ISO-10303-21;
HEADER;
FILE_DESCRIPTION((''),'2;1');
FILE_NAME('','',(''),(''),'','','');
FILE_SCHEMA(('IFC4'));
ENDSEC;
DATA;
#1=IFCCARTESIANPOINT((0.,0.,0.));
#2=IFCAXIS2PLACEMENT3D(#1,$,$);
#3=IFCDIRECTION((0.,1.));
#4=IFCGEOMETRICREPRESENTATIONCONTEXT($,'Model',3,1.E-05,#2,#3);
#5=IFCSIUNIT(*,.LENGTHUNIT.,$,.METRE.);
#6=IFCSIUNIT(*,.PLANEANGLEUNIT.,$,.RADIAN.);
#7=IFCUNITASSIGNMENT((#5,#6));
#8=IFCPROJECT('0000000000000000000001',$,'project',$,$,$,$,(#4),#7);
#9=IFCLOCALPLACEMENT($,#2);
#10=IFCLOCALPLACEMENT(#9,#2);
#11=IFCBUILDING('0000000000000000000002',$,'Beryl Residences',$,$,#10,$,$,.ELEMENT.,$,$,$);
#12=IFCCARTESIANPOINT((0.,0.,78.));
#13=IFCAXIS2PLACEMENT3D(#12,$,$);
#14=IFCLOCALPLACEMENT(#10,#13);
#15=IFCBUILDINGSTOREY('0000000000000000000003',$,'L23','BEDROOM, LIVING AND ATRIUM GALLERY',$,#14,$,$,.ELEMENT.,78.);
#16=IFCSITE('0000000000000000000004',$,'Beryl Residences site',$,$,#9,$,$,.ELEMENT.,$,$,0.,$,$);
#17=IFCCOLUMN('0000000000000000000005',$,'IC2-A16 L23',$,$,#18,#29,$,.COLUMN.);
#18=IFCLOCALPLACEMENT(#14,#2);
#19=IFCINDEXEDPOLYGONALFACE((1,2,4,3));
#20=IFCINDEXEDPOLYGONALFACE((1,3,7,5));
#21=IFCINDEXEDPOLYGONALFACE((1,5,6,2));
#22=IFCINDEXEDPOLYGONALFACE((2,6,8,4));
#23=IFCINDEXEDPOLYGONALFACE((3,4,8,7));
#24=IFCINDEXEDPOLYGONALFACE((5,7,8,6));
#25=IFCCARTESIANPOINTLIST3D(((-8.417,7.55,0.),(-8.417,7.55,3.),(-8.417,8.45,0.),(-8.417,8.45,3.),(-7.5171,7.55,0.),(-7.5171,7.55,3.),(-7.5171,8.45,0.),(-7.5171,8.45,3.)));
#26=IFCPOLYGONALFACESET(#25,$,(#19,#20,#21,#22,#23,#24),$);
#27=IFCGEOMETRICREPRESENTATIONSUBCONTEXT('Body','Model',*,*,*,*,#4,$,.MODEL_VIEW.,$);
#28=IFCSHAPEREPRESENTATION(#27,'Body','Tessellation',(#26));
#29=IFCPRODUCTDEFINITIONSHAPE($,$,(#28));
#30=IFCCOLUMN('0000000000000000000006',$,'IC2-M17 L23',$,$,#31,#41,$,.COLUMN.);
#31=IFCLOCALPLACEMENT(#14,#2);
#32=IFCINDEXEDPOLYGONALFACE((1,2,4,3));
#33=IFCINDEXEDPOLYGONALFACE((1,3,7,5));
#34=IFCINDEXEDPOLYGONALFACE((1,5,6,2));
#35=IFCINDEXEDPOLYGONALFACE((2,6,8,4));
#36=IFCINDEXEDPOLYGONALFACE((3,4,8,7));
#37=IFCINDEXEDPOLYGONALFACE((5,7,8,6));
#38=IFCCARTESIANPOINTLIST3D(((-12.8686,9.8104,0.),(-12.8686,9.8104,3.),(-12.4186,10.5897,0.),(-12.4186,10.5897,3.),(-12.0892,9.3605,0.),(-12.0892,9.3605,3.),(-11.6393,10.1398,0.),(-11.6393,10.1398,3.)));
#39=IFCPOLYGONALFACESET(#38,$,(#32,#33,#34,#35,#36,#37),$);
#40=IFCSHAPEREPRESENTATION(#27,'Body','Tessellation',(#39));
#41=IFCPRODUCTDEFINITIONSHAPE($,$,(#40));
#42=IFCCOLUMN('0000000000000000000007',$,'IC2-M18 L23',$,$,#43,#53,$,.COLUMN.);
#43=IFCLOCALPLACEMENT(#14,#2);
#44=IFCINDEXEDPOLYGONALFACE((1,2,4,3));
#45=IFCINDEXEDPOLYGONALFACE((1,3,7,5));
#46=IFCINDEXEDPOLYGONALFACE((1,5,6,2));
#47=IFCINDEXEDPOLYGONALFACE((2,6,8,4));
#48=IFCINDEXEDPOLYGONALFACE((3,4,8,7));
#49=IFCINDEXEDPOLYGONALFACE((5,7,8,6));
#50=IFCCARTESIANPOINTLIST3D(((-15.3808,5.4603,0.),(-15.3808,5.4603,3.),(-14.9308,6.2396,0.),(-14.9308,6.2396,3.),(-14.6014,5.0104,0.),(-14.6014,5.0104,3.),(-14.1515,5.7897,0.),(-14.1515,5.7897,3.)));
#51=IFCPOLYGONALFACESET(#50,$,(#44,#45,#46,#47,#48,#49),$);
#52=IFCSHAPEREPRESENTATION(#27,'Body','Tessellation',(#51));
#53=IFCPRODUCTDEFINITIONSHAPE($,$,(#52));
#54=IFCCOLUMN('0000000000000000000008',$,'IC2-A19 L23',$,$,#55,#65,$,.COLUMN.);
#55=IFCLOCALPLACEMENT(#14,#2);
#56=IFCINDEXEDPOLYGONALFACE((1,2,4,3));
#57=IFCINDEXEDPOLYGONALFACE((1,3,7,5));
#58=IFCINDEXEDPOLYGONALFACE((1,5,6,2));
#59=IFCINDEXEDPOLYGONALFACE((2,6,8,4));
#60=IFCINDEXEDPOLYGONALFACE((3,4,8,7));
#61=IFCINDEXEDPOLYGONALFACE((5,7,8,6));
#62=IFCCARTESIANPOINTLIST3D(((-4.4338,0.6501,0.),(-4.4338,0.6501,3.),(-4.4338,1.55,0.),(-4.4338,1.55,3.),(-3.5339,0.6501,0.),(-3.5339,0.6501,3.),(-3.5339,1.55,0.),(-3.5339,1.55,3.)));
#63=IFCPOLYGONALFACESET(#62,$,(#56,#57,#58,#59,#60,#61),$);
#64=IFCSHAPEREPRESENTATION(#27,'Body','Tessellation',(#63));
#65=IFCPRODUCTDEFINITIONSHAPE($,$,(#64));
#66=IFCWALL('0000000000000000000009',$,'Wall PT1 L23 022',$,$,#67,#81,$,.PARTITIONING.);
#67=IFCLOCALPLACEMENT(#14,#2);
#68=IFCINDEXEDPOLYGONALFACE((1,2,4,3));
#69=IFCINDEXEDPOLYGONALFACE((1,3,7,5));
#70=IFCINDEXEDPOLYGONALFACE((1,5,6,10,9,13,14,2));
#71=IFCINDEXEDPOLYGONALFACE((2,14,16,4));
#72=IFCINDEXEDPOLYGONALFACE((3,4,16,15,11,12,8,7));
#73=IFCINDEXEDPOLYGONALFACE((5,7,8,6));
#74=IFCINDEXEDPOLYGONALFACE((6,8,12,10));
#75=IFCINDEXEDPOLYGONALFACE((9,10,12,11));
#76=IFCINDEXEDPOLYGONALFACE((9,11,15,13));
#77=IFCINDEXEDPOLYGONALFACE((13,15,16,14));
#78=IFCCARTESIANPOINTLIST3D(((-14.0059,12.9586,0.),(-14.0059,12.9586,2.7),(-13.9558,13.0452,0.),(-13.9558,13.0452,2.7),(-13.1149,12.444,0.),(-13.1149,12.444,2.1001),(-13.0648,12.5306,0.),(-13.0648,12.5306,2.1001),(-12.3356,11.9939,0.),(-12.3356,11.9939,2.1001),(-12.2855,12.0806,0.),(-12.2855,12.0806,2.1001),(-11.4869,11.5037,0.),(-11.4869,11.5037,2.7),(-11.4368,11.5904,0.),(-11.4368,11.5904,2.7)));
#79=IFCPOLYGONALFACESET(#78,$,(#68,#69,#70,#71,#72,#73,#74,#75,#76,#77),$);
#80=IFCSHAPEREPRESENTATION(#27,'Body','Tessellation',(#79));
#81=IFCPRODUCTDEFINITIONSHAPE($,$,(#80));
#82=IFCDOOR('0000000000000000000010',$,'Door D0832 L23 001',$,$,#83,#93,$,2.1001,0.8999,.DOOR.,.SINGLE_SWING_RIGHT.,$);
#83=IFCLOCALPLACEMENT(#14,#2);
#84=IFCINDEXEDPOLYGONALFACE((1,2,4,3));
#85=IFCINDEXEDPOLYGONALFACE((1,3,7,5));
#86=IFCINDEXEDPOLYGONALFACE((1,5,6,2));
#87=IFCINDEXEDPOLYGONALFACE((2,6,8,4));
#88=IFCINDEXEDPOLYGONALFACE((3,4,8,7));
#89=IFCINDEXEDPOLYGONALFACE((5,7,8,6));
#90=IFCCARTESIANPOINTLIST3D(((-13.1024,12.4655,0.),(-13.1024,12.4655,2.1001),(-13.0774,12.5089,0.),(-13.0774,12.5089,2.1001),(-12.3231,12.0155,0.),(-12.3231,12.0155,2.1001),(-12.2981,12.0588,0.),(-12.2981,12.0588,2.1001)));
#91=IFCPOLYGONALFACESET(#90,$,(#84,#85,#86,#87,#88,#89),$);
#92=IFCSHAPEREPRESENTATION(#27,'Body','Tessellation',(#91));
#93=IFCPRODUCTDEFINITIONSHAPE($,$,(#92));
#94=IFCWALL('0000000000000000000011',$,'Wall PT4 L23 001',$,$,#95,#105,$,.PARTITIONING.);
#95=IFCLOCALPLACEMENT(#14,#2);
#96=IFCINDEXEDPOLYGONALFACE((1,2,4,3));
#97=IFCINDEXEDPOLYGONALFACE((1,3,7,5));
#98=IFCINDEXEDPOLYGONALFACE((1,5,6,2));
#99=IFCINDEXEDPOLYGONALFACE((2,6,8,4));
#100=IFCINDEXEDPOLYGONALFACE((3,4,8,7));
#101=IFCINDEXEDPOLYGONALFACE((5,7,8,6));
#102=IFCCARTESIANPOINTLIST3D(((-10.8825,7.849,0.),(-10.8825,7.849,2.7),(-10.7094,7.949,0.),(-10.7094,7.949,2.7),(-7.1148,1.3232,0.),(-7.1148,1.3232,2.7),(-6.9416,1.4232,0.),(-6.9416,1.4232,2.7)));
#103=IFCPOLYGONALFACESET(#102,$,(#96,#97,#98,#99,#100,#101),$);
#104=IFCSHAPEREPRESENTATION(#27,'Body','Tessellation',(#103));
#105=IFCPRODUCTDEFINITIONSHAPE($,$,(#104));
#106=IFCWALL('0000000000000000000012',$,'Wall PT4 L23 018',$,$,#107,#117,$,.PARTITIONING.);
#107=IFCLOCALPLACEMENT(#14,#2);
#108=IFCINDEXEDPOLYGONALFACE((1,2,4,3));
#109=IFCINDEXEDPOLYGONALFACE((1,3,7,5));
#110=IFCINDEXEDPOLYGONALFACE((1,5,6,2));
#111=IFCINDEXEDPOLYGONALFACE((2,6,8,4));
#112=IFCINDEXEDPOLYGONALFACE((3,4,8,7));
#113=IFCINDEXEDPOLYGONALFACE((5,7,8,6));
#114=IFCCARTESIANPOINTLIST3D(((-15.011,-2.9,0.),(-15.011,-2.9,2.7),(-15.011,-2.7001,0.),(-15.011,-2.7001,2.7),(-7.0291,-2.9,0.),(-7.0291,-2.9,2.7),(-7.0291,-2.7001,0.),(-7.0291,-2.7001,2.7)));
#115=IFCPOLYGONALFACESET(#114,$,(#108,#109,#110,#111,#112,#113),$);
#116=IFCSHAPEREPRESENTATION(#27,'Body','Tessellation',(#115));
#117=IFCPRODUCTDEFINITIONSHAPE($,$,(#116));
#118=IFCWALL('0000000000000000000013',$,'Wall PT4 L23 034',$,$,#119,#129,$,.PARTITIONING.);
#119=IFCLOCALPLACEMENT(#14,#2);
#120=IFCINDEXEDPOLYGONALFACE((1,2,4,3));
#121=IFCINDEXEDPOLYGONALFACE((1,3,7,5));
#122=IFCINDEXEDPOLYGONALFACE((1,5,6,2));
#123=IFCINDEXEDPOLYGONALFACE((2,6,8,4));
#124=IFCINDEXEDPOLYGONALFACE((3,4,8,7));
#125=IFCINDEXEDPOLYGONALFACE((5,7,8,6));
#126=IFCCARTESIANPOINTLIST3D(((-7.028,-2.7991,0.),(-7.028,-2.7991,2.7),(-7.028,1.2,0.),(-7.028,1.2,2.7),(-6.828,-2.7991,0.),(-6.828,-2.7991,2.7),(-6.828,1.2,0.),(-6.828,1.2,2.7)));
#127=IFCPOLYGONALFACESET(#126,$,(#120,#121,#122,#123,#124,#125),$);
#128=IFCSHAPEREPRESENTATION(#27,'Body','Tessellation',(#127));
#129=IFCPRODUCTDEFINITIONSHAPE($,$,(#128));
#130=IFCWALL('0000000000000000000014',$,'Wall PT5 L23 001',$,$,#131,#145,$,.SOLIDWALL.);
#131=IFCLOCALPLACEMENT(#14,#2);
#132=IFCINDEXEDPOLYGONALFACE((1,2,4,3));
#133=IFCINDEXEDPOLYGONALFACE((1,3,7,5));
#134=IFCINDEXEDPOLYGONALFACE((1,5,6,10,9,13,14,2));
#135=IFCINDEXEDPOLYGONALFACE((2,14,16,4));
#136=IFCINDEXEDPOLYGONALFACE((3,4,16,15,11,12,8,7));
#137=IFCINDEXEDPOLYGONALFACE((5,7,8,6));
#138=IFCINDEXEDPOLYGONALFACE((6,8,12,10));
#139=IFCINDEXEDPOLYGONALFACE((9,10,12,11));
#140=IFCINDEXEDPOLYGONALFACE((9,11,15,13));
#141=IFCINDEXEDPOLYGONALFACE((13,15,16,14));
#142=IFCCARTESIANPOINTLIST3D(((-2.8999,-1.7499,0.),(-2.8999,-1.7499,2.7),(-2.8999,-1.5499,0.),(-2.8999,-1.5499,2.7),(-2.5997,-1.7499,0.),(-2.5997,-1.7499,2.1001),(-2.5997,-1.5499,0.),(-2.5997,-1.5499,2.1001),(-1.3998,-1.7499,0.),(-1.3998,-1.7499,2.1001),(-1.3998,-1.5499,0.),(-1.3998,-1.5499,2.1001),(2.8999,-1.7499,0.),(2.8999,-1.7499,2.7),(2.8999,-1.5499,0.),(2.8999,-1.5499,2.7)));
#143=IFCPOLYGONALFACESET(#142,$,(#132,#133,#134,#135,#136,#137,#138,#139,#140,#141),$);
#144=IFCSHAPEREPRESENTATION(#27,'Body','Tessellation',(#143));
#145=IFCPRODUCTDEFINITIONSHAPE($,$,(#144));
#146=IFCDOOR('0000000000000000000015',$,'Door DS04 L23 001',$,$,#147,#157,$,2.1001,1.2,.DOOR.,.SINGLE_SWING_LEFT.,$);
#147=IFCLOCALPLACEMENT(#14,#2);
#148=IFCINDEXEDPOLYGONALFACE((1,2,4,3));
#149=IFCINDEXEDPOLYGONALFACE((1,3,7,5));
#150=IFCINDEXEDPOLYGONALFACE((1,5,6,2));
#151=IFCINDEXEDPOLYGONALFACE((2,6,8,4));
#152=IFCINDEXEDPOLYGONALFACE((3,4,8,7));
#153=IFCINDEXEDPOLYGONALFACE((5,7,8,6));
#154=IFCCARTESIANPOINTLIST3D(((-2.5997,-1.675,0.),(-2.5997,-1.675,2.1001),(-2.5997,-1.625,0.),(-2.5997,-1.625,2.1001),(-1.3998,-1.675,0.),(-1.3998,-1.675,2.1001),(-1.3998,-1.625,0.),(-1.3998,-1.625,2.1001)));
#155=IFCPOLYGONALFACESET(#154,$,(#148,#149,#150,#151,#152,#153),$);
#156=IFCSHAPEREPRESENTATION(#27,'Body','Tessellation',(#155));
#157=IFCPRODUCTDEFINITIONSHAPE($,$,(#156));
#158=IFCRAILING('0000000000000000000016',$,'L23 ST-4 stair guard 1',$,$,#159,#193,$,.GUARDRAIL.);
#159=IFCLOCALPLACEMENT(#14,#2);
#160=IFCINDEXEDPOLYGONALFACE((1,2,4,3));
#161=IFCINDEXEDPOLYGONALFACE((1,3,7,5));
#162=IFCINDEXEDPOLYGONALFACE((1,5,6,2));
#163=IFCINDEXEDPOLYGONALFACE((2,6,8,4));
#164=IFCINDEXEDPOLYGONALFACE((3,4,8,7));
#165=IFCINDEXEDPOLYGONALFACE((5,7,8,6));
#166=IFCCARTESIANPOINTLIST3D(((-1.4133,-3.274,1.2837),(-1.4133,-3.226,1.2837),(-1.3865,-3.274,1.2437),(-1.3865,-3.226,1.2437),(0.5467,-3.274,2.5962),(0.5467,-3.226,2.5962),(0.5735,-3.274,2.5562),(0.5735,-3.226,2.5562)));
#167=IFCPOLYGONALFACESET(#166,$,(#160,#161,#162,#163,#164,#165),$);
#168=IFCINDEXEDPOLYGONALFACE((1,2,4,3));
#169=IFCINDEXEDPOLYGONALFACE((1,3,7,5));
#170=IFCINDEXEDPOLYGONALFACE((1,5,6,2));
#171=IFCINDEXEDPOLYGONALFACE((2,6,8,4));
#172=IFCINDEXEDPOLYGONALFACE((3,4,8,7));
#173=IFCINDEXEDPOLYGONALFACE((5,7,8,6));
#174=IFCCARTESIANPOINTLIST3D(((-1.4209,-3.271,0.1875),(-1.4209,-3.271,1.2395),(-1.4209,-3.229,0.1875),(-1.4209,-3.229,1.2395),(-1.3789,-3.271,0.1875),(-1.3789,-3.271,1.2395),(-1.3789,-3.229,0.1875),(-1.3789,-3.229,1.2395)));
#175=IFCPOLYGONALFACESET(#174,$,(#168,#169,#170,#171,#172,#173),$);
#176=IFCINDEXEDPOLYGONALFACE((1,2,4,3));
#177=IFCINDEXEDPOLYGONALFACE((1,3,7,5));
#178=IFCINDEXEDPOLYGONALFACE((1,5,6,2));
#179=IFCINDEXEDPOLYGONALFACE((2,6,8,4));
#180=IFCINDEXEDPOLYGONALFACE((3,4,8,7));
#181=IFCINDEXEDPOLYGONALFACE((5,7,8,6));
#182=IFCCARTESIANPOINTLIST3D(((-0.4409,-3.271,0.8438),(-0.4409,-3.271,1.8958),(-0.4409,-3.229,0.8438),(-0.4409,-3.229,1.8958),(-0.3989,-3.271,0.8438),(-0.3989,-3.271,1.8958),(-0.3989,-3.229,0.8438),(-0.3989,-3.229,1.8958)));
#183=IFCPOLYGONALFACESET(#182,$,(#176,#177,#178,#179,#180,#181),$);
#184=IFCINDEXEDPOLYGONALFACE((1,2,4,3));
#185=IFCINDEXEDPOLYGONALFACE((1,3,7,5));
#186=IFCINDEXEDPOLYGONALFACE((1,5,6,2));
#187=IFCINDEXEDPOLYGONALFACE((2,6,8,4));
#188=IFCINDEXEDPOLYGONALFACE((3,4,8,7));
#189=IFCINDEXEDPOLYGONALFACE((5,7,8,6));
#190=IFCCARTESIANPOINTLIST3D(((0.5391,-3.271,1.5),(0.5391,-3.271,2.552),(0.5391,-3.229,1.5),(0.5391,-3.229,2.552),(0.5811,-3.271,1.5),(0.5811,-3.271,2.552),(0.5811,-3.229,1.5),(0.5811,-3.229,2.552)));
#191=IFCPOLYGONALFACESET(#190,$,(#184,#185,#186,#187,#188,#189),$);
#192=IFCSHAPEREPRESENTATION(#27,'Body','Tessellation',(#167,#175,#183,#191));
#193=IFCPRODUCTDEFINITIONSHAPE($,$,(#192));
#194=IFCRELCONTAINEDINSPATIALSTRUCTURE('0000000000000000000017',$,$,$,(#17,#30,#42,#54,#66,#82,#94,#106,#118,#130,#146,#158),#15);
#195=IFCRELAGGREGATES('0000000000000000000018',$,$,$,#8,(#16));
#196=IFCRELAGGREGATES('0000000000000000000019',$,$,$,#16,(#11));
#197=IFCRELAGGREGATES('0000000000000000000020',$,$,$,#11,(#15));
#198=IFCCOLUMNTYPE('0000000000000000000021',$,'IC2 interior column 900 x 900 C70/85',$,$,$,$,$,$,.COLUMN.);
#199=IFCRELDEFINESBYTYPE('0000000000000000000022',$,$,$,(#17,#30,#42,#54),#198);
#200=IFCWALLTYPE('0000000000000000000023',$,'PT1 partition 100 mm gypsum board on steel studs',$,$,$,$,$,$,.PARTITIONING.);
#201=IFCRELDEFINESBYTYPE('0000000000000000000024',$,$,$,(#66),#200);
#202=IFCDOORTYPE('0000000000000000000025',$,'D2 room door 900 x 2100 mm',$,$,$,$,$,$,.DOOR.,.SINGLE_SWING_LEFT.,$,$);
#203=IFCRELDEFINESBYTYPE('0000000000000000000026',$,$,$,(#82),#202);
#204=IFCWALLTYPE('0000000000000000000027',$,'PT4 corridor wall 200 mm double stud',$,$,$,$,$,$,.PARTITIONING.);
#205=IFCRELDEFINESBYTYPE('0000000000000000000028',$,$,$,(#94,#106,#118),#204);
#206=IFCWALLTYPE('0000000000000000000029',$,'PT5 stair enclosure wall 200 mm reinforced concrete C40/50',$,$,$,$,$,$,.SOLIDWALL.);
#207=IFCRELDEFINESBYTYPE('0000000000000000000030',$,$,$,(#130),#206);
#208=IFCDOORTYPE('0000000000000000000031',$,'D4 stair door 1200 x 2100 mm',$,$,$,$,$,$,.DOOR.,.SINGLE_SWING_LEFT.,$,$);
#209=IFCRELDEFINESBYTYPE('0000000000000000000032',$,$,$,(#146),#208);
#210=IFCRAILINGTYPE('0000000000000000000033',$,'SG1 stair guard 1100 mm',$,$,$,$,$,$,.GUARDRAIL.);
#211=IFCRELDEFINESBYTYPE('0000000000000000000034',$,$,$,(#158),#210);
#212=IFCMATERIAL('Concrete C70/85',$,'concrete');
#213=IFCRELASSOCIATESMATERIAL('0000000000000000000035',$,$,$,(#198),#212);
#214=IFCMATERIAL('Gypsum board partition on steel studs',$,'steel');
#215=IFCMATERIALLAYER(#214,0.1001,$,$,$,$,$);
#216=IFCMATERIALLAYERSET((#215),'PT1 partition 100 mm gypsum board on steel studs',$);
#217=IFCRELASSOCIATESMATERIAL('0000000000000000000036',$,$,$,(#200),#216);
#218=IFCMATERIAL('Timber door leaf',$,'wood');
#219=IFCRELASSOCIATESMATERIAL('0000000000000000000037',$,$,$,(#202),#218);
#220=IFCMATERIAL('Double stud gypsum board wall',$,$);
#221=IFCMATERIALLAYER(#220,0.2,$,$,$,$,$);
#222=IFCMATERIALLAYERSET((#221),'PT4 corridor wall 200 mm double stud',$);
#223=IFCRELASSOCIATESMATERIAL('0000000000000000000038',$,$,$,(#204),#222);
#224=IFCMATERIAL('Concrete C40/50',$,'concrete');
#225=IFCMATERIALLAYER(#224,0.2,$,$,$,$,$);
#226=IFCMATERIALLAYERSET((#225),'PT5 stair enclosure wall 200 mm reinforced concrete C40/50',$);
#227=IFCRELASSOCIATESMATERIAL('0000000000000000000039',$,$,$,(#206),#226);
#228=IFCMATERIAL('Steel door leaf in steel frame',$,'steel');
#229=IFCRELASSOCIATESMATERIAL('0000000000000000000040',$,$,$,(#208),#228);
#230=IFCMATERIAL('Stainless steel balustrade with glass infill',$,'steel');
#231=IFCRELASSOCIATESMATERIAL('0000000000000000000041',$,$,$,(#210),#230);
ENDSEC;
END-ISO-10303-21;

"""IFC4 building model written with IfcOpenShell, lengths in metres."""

from ifc_helpers import new_model, si_unit, direction, frame, frame_2d, origin, origin_2d, place, context, subcontext, project, spatial, rectangle, extrude, material, layer, layer_set, material_profile, profile_set, type_object, element, fill, save


model = new_model("IFC4")

# Units and contexts
model_context = context("Model", 3, precision=1e-05, world=origin(), true_north=direction((0.0, 1.0)))
body_context = subcontext(model_context, "Body", "Model", "MODEL_VIEW")
ifc_project = project(units=[si_unit("LENGTHUNIT", "METRE"), si_unit("PLANEANGLEUNIT", "RADIAN")], contexts=[model_context])

# Site, building, storey
site_placement = place(None, origin())
site = spatial("IfcSite", under=ifc_project, at=site_placement, Name="Beryl Residences site", CompositionType="ELEMENT", RefElevation=0.0)
building_placement = place(site_placement, origin())
building = spatial("IfcBuilding", under=site, at=building_placement, Name="Beryl Residences", CompositionType="ELEMENT")
storey_placement = place(building_placement, frame((0.0, 0.0, 78.0)))
storey = spatial("IfcBuildingStorey", under=building, at=storey_placement, Name="L23", Description="BEDROOM, LIVING AND ATRIUM GALLERY", CompositionType="ELEMENT", Elevation=78.0)

# Columns
ifc_material_1 = material(Name="Concrete C70/85", Category="concrete")
ifc_material_profile = material_profile(ifc_material_1, rectangle(XDim=0.8999, YDim=0.8999, at=origin_2d()))
ifc_profile_set = profile_set([ifc_material_profile], Name="Concrete C70/85")
column_type = type_object("IfcColumnType", Name="IC2 interior column 900 x 900 C70/85", PredefinedType="COLUMN", material=ifc_profile_set)
for number, where, z_axis, x_axis, name in (
    (1, (-7.967, 8.0, 0.0), (0.0, 0.0, 1.0), (1.0, 0.0, 0.0), "IC2-A16 L23"),
    (2, (-12.2539, 9.9751, 0.0), (0.0, 0.0, 1.0), (-0.5, -0.866025, 0.0), "IC2-M17 L23"),
    (3, (-14.7661, 5.625, 0.0), (0.0, 0.0, 1.0), (-0.5, -0.866025, 0.0), "IC2-M18 L23"),
    (4, (-3.9839, 1.1001, 0.0), (0.0, 0.0, 1.0), (1.0, 0.0, 0.0), "IC2-A19 L23"),
):
    element("IfcColumn", number, at=place(storey_placement, frame(where, z_axis=z_axis, x_axis=x_axis)), inside=storey, type_object=column_type, Name=name, PredefinedType="COLUMN", context=body_context, shape_type="SweptSolid", body=[
        extrude(rectangle(XDim=0.8999, YDim=0.8999, at=origin_2d()), origin(), (0.0, 0.0, 1.0), 3.0),
    ])

# Wall, opening, door
ifc_material_2 = material(Name="Gypsum board partition on steel studs", Category="steel")
ifc_layer_1 = layer(ifc_material_2, 0.1001)
ifc_layer_set_1 = layer_set([ifc_layer_1], Name="PT1 partition 100 mm gypsum board on steel studs")
wall_type_1 = type_object("IfcWallType", Name="PT1 partition 100 mm gypsum board on steel studs", PredefinedType="PARTITIONING", material=ifc_layer_set_1)
wall_1_placement = place(storey_placement, frame((-13.981, 13.002, 0.0), z_axis=(0.0, 0.0, 1.0), x_axis=(0.865956, -0.50012, 0.0)))
wall_1 = element("IfcWall", 5, at=wall_1_placement, inside=storey, type_object=wall_type_1, Name="Wall PT1 L23 022", PredefinedType="PARTITIONING", context=body_context, shape_type="SweptSolid", body=[
    extrude(rectangle(XDim=2.9089, YDim=0.1001, at=frame_2d((1.4546, 0.0))), origin(), (0.0, 0.0, 1.0), 2.7),
])
opening_1_placement = place(wall_1_placement, frame((1.0291, 0.0, 0.0)))
opening_1 = element("IfcOpeningElement", 6, at=opening_1_placement, cuts=wall_1, PredefinedType="OPENING", context=body_context, shape_type="SweptSolid", body=[
    extrude(rectangle(XDim=0.8999, YDim=2.1001, at=frame_2d((0.45, 1.05))), frame((0.0, 0.0601, 0.0), z_axis=(0.0, -1.0, 0.0), x_axis=(1.0, 0.0, 0.0)), (0.0, 0.0, 1.0), 0.1201),
])
ifc_material_3 = material(Name="Timber door leaf", Category="wood")
door_type_1 = type_object("IfcDoorType", Name="D2 room door 900 x 2100 mm", OperationType="SINGLE_SWING_LEFT", PredefinedType="DOOR", material=ifc_material_3)
door_1_placement = place(opening_1_placement, origin())
door_1 = element("IfcDoor", 7, at=door_1_placement, inside=storey, type_object=door_type_1, Name="Door D0832 L23 001", OperationType="SINGLE_SWING_RIGHT", OverallHeight=2.1001, OverallWidth=0.8999, PredefinedType="DOOR", context=body_context, shape_type="SweptSolid", body=[
    extrude(rectangle(XDim=0.8999, YDim=2.1001, at=frame_2d((0.45, 1.05))), frame((0.0, 0.0249, 0.0), z_axis=(0.0, -1.0, 0.0), x_axis=(1.0, 0.0, 0.0)), (0.0, 0.0, 1.0), 0.05),
])
fill(opening_1, door_1)

# Walls
ifc_material_4 = material(Name="Double stud gypsum board wall")
ifc_layer_2 = layer(ifc_material_4, 0.2)
ifc_layer_set_2 = layer_set([ifc_layer_2], Name="PT4 corridor wall 200 mm double stud")
wall_type_2 = type_object("IfcWallType", Name="PT4 corridor wall 200 mm double stud", PredefinedType="PARTITIONING", material=ifc_layer_set_2)
wall_2_placement = place(storey_placement, frame((-10.7959, 7.8989, 0.0), z_axis=(0.0, 0.0, 1.0), x_axis=(0.50001, -0.866019, 0.0)))
element("IfcWall", 8, at=wall_2_placement, inside=storey, type_object=wall_type_2, Name="Wall PT4 L23 001", PredefinedType="PARTITIONING", context=body_context, shape_type="SweptSolid", body=[
    extrude(rectangle(XDim=7.5354, YDim=0.2, at=frame_2d((3.7676, 0.0))), origin(), (0.0, 0.0, 1.0), 2.7),
])
wall_3_placement = place(storey_placement, frame((-15.011, -2.8, 0.0), z_axis=(0.0, 0.0, 1.0), x_axis=(1.0, 0.0, 0.0)))
element("IfcWall", 9, at=wall_3_placement, inside=storey, type_object=wall_type_2, Name="Wall PT4 L23 018", PredefinedType="PARTITIONING", context=body_context, shape_type="SweptSolid", body=[
    extrude(rectangle(XDim=7.9819, YDim=0.2, at=frame_2d((3.991, 0.0))), origin(), (0.0, 0.0, 1.0), 2.7),
])
wall_4_placement = place(storey_placement, frame((-6.928, -2.7991, 0.0), z_axis=(0.0, 0.0, 1.0), x_axis=(0.0, 1.0, 0.0)))
element("IfcWall", 10, at=wall_4_placement, inside=storey, type_object=wall_type_2, Name="Wall PT4 L23 034", PredefinedType="PARTITIONING", context=body_context, shape_type="SweptSolid", body=[
    extrude(rectangle(XDim=3.999, YDim=0.2, at=frame_2d((1.9995, 0.0))), origin(), (0.0, 0.0, 1.0), 2.7),
])

# Wall, opening, door
ifc_material_5 = material(Name="Concrete C40/50", Category="concrete")
ifc_layer_3 = layer(ifc_material_5, 0.2)
ifc_layer_set_3 = layer_set([ifc_layer_3], Name="PT5 stair enclosure wall 200 mm reinforced concrete C40/50")
wall_type_3 = type_object("IfcWallType", Name="PT5 stair enclosure wall 200 mm reinforced concrete C40/50", PredefinedType="SOLIDWALL", material=ifc_layer_set_3)
wall_5_placement = place(storey_placement, frame((-2.8999, -1.6499, 0.0), z_axis=(0.0, 0.0, 1.0), x_axis=(1.0, 0.0, 0.0)))
wall_5 = element("IfcWall", 11, at=wall_5_placement, inside=storey, type_object=wall_type_3, Name="Wall PT5 L23 001", PredefinedType="SOLIDWALL", context=body_context, shape_type="SweptSolid", body=[
    extrude(rectangle(XDim=5.7998, YDim=0.2, at=frame_2d((2.8999, 0.0))), origin(), (0.0, 0.0, 1.0), 2.7),
])
opening_2_placement = place(wall_5_placement, frame((0.3, 0.0, 0.0)))
opening_2 = element("IfcOpeningElement", 12, at=opening_2_placement, cuts=wall_5, PredefinedType="OPENING", context=body_context, shape_type="SweptSolid", body=[
    extrude(rectangle(XDim=1.2, YDim=2.1001, at=frame_2d((0.6001, 1.05))), frame((0.0, 0.1099, 0.0), z_axis=(0.0, -1.0, 0.0), x_axis=(1.0, 0.0, 0.0)), (0.0, 0.0, 1.0), 0.22),
])
ifc_material_6 = material(Name="Steel door leaf in steel frame", Category="steel")
door_type_2 = type_object("IfcDoorType", Name="D4 stair door 1200 x 2100 mm", OperationType="SINGLE_SWING_LEFT", PredefinedType="DOOR", material=ifc_material_6)
door_2_placement = place(opening_2_placement, origin())
door_2 = element("IfcDoor", 13, at=door_2_placement, inside=storey, type_object=door_type_2, Name="Door DS04 L23 001", OperationType="SINGLE_SWING_LEFT", OverallHeight=2.1001, OverallWidth=1.2, PredefinedType="DOOR", context=body_context, shape_type="SweptSolid", body=[
    extrude(rectangle(XDim=1.2, YDim=2.1001, at=frame_2d((0.6001, 1.05))), frame((0.0, 0.0249, 0.0), z_axis=(0.0, -1.0, 0.0), x_axis=(1.0, 0.0, 0.0)), (0.0, 0.0, 1.0), 0.05),
])
fill(opening_2, door_2)

# Railing
ifc_material_7 = material(Name="Stainless steel balustrade with glass infill", Category="steel")
railing_type_1 = type_object("IfcRailingType", Name="SG1 stair guard 1100 mm", PredefinedType="GUARDRAIL", material=ifc_material_7)
railing_1_placement = place(storey_placement, frame((-1.3999, -3.25, 0.1875)))
element("IfcRailing", 14, at=railing_1_placement, inside=storey, type_object=railing_type_1, Name="L23 ST-4 stair guard 1", PredefinedType="GUARDRAIL", context=body_context, shape_type="SweptSolid", body=[
    extrude(rectangle(XDim=0.0481, YDim=0.0481, at=origin_2d()), frame((0.0, 0.0, 1.0762), z_axis=(0.830902, 0.0, 0.556419), x_axis=(0.0, 1.0, 0.0)), (0.0, 0.0, 1.0), 2.3589),
    extrude(rectangle(XDim=0.042, YDim=0.042, at=origin_2d()), origin(), (0.0, 0.0, 1.0), 1.052),
    extrude(rectangle(XDim=0.042, YDim=0.042, at=origin_2d()), frame((0.98, 0.0, 0.6562)), (0.0, 0.0, 1.0), 1.052),
    extrude(rectangle(XDim=0.042, YDim=0.042, at=origin_2d()), frame((1.96, 0.0, 1.3125)), (0.0, 0.0, 1.0), 1.052),
])

save(model, "model.ifc")
